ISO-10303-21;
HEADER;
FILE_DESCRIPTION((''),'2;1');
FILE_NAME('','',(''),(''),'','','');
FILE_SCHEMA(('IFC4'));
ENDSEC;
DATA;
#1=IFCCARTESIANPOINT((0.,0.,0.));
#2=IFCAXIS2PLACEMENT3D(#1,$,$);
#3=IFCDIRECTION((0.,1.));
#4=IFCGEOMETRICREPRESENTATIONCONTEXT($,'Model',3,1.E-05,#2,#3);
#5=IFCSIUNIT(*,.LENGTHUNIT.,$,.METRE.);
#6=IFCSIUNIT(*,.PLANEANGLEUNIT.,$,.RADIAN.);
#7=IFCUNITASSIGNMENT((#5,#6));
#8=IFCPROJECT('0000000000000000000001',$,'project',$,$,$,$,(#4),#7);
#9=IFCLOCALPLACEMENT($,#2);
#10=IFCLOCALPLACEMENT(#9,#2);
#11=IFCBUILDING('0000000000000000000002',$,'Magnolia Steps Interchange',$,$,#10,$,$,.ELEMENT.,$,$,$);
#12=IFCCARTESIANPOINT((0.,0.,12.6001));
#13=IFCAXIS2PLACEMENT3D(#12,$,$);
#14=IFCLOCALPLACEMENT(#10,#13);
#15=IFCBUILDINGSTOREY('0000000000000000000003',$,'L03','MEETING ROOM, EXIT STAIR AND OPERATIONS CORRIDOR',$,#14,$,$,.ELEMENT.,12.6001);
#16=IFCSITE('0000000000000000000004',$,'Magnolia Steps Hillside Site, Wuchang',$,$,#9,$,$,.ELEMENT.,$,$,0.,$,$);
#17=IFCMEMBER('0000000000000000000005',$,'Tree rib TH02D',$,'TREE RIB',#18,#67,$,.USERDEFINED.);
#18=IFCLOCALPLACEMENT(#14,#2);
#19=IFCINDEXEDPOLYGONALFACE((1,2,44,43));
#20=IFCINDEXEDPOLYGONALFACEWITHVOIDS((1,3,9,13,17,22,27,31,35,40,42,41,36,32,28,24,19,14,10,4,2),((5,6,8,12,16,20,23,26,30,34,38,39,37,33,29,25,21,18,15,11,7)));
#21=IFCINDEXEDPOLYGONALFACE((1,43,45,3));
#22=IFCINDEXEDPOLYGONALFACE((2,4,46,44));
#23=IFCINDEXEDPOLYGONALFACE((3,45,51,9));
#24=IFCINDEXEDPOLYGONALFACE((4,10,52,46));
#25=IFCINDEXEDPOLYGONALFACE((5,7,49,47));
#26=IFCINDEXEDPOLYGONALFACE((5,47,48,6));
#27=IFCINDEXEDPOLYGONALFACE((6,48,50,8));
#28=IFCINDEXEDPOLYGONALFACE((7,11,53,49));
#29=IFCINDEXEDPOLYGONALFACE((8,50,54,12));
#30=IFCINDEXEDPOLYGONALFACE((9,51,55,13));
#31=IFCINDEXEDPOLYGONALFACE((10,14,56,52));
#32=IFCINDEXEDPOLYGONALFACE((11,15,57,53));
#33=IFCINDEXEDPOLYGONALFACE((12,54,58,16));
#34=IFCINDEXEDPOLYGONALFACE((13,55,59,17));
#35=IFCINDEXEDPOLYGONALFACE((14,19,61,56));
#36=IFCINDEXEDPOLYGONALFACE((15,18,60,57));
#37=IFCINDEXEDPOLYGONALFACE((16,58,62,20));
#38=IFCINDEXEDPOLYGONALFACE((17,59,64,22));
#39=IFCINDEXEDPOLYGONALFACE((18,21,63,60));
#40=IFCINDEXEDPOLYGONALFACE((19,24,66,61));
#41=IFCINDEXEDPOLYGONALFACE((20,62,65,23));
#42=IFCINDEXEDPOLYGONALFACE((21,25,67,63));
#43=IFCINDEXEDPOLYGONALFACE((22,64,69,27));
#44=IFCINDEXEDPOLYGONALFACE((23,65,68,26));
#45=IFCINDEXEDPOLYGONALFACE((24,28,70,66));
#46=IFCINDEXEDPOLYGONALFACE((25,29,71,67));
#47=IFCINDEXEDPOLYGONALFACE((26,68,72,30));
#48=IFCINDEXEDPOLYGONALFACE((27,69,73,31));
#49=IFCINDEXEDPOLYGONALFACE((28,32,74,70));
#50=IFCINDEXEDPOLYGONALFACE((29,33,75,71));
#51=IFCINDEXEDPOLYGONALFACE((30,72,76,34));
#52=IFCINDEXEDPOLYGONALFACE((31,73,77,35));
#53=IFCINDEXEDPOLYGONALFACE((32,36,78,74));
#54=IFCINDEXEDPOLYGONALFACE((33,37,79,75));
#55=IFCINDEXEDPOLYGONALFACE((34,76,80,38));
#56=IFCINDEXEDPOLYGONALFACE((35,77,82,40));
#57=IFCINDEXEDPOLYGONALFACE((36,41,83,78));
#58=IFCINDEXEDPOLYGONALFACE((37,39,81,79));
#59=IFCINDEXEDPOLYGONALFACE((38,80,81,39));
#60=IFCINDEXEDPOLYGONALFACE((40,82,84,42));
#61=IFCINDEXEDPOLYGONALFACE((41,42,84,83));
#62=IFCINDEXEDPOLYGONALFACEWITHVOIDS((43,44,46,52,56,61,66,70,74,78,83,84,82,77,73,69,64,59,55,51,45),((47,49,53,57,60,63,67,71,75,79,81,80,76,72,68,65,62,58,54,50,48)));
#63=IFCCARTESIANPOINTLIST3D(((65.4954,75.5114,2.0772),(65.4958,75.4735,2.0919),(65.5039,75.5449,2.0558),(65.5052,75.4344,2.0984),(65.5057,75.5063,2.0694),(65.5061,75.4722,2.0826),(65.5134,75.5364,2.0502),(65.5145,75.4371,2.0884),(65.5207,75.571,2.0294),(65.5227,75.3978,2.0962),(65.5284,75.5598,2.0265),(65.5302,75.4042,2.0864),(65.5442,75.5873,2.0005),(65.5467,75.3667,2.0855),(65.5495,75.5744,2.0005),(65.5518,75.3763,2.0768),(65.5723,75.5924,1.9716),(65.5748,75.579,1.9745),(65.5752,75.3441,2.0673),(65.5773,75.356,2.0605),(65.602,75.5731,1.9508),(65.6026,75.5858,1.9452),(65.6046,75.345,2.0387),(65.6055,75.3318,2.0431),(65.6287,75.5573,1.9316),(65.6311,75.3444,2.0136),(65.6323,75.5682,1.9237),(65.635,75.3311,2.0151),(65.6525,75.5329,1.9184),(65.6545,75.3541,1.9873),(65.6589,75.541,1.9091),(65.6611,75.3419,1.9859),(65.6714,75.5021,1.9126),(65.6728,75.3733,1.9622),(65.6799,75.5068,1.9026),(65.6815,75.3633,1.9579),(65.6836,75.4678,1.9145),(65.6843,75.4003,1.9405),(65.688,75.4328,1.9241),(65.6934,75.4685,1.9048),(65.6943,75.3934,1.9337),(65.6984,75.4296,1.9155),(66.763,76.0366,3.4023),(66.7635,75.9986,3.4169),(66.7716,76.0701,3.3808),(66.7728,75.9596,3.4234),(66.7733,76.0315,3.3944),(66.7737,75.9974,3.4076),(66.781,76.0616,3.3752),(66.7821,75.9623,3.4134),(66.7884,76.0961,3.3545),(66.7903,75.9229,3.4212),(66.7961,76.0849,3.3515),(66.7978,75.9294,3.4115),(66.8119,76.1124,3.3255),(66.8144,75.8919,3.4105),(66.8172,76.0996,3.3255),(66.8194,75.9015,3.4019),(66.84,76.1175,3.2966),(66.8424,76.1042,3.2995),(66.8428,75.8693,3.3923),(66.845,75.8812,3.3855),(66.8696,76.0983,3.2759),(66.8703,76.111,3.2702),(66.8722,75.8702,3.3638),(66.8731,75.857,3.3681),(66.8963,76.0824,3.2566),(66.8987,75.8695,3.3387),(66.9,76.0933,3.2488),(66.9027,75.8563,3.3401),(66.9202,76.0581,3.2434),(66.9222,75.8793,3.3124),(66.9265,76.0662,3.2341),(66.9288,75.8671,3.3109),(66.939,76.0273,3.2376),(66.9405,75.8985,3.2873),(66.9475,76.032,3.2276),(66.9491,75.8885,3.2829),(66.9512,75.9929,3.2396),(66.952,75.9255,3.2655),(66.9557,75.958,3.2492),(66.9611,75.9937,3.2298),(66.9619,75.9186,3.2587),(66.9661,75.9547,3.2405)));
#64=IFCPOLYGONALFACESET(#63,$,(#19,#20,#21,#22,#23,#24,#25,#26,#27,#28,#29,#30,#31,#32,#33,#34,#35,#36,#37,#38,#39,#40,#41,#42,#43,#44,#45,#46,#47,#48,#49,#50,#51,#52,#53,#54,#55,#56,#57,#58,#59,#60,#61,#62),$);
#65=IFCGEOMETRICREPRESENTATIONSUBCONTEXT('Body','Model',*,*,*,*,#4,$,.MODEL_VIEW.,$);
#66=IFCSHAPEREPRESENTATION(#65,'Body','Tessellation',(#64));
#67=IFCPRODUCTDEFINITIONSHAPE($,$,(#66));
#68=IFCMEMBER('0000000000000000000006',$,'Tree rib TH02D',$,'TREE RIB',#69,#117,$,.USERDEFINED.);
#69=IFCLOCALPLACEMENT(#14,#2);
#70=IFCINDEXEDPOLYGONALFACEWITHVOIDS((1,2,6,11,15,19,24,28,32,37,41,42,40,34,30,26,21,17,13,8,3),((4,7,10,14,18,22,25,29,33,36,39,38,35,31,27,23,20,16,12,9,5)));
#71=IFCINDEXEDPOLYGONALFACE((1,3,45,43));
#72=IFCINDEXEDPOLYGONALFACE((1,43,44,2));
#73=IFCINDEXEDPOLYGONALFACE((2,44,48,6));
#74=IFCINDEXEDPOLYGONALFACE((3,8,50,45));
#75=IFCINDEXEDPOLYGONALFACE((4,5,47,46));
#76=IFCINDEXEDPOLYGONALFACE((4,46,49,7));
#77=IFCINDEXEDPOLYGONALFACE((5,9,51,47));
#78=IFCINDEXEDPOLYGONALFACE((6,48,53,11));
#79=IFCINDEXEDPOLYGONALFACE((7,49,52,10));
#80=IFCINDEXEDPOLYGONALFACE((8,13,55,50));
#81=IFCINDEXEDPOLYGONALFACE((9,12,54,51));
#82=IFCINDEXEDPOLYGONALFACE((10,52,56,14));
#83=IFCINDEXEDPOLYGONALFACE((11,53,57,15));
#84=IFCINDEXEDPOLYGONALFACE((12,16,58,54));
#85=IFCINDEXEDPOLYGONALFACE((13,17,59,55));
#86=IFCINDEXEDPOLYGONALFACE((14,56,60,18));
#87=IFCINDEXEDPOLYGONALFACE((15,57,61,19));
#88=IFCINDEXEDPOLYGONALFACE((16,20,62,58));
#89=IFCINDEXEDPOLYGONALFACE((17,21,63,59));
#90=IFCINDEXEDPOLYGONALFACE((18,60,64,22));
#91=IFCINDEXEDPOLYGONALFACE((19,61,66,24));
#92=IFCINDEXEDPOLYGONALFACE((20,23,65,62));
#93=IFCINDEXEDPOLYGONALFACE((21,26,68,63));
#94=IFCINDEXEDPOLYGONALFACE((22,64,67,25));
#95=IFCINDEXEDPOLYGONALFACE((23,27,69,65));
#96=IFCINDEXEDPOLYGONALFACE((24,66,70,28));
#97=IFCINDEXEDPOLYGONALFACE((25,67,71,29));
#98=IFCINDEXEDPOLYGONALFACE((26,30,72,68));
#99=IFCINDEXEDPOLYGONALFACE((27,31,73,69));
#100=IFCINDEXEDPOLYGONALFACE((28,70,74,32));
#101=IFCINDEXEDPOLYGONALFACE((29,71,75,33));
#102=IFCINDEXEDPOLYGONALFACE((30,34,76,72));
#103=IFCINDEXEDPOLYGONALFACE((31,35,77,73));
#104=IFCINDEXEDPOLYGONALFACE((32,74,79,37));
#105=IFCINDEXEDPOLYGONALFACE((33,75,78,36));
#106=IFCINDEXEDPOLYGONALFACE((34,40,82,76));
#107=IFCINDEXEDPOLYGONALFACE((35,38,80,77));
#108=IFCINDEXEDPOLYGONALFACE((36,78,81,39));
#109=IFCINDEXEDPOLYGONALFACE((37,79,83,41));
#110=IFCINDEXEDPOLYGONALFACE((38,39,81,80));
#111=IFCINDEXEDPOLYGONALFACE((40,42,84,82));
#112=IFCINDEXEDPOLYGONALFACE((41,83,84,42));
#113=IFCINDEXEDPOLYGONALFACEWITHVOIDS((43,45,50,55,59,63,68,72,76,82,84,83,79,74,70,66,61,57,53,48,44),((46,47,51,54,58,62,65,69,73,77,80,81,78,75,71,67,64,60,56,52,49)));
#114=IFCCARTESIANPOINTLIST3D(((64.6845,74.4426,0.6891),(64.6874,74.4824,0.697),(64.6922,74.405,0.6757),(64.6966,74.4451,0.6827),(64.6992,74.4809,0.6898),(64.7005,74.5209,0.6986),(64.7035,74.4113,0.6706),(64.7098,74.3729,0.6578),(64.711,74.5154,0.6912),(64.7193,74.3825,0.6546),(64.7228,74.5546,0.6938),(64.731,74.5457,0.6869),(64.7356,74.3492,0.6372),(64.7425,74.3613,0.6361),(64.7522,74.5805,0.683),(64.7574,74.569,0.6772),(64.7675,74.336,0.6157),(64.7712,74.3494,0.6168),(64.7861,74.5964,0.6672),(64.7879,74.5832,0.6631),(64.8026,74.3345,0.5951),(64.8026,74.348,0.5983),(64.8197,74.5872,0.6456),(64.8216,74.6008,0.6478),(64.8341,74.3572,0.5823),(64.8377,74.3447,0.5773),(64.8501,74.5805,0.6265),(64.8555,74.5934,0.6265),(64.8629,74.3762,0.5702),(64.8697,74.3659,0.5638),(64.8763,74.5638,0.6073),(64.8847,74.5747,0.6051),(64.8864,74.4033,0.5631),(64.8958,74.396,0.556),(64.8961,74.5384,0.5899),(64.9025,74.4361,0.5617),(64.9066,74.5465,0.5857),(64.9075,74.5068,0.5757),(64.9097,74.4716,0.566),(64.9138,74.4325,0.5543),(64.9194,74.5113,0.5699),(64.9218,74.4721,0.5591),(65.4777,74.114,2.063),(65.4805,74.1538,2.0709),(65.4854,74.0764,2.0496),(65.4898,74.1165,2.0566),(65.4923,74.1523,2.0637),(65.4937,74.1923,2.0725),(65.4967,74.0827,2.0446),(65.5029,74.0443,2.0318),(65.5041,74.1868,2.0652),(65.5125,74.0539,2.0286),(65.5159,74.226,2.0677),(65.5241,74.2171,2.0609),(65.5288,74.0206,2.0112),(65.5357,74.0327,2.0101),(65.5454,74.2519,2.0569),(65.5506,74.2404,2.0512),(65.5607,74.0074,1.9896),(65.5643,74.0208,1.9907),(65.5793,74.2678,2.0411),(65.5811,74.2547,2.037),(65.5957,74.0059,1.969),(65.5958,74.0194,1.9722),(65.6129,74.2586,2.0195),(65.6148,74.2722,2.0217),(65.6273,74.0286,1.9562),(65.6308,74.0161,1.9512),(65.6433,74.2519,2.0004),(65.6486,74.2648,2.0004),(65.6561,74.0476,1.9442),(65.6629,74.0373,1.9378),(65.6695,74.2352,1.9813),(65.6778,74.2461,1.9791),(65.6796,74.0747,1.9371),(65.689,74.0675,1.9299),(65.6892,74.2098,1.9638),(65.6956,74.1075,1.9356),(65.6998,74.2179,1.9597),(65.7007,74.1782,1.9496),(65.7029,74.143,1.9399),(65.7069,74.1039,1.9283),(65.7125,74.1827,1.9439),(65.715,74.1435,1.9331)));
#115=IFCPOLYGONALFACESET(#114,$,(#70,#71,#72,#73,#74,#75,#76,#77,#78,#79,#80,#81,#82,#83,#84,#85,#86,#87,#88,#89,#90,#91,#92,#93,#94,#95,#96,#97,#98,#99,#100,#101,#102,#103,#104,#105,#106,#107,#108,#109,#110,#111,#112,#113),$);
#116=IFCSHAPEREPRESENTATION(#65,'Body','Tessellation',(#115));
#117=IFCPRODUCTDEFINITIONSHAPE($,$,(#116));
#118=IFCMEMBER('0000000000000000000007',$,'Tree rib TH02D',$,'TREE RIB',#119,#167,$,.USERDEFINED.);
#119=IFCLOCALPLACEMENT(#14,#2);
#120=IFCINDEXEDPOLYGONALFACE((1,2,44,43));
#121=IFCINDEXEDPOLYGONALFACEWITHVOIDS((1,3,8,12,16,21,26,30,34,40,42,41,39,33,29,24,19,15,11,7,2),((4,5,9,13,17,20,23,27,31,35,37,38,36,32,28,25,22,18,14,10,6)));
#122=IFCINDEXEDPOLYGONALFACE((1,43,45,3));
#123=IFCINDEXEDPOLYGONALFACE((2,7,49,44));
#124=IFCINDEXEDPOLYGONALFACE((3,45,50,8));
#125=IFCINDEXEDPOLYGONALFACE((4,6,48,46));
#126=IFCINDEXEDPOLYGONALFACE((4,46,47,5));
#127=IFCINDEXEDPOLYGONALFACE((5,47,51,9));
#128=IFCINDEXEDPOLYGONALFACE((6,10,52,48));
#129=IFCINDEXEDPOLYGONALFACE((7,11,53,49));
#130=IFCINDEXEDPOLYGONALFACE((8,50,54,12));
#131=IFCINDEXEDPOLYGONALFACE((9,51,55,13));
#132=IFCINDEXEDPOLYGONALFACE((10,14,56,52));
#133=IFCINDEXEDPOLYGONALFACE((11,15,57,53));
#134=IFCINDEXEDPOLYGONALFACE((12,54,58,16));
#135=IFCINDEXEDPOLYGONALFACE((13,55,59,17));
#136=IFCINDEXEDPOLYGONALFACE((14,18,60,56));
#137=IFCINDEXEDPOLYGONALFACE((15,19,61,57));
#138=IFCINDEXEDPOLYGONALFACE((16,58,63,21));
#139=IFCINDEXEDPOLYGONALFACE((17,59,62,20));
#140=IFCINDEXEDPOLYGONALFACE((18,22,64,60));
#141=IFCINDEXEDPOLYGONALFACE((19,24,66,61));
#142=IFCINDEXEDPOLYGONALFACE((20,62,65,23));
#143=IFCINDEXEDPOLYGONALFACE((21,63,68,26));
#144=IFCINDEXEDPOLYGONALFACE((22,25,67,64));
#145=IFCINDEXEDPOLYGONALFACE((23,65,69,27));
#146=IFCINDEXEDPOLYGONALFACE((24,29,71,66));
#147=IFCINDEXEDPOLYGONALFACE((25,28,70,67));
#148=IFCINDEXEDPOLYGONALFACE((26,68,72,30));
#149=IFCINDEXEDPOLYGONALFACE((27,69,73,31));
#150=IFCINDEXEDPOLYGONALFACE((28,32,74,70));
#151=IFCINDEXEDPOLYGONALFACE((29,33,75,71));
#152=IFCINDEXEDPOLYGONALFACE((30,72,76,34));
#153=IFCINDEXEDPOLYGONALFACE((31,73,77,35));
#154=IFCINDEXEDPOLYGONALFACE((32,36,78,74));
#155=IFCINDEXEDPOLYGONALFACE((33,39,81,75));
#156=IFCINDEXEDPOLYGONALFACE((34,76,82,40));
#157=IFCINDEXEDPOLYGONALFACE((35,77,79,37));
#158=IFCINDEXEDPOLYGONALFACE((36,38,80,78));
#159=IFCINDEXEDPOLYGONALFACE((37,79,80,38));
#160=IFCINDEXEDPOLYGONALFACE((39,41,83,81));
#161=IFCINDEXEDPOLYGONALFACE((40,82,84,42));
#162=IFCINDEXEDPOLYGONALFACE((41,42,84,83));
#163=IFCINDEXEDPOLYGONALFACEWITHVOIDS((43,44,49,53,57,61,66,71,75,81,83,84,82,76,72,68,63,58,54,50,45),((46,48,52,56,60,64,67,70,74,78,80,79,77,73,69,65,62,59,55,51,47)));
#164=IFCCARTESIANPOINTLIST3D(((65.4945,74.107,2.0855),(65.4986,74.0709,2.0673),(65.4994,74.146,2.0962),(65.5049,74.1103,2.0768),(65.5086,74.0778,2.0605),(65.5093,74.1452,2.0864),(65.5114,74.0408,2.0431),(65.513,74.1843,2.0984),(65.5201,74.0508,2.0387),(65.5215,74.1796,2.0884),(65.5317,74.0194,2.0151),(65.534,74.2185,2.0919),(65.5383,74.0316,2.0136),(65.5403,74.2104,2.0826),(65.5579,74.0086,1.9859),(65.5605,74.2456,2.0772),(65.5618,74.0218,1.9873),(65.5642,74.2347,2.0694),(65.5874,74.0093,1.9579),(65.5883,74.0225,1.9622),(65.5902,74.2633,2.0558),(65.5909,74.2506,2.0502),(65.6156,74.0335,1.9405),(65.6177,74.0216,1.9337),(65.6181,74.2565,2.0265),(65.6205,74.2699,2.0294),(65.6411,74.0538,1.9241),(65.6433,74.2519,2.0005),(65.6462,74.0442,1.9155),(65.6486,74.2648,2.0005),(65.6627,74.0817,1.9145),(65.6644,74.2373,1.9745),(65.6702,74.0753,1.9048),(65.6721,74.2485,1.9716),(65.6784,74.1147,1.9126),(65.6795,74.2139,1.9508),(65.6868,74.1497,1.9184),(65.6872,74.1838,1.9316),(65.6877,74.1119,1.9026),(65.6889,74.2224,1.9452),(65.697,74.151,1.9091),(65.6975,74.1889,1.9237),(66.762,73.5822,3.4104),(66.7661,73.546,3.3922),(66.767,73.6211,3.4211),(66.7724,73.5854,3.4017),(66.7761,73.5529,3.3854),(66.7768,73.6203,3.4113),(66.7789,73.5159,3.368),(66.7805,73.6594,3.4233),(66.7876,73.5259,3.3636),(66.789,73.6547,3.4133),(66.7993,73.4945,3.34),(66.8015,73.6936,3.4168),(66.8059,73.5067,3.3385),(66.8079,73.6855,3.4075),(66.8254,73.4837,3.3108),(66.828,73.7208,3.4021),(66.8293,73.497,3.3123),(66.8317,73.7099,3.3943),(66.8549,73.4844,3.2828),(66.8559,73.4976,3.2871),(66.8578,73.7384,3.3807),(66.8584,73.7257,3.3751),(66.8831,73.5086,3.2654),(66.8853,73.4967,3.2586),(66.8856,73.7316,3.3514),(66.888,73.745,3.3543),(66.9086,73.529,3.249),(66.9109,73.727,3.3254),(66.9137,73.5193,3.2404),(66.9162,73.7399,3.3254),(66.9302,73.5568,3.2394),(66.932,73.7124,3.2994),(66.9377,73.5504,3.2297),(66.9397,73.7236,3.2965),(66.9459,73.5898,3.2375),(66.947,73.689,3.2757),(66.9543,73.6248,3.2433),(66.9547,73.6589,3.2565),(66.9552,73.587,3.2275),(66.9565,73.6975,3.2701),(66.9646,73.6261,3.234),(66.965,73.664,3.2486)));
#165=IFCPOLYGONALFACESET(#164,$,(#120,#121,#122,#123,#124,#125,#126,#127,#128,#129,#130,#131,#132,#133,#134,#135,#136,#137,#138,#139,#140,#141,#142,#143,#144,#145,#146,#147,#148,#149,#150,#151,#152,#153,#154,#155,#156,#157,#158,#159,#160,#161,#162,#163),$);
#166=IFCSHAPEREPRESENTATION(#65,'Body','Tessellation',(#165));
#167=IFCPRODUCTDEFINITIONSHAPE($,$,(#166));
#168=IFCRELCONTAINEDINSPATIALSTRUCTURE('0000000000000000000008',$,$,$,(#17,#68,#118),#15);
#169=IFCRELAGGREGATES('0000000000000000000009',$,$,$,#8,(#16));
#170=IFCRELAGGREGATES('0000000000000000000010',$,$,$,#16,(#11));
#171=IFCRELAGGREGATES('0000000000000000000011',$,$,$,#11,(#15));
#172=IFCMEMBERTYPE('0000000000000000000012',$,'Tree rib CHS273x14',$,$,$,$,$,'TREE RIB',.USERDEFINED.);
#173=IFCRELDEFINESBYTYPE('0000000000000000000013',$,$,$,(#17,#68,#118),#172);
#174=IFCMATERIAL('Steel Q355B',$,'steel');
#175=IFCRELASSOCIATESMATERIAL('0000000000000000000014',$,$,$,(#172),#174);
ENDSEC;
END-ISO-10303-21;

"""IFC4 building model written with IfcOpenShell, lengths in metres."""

from ifc_helpers import new_model, si_unit, direction, frame, origin, origin_2d, place, context, subcontext, project, spatial, hollow_circle, extrude, material, material_profile, profile_set, type_object, element, save


model = new_model("IFC4")

# Units and contexts
model_context = context("Model", 3, precision=1e-05, world=origin(), true_north=direction((0.0, 1.0)))
body_context = subcontext(model_context, "Body", "Model", "MODEL_VIEW")
ifc_project = project(units=[si_unit("LENGTHUNIT", "METRE"), si_unit("PLANEANGLEUNIT", "RADIAN")], contexts=[model_context])

# Site, building, storey
site_placement = place(None, origin())
site = spatial("IfcSite", under=ifc_project, at=site_placement, Name="Magnolia Steps Hillside Site, Wuchang", CompositionType="ELEMENT", RefElevation=0.0)
building_placement = place(site_placement, origin())
building = spatial("IfcBuilding", under=site, at=building_placement, Name="Magnolia Steps Interchange", CompositionType="ELEMENT")
storey_placement = place(building_placement, frame((0.0, 0.0, 12.6001)))
storey = spatial("IfcBuildingStorey", under=building, at=storey_placement, Name="L03", Description="MEETING ROOM, EXIT STAIR AND OPERATIONS CORRIDOR", CompositionType="ELEMENT", Elevation=12.6001)

# Members
ifc_material_1 = material(Name="Steel Q355B", Category="steel")
ifc_material_profile_1 = material_profile(ifc_material_1, hollow_circle(Radius=0.1365, WallThickness=0.0139, at=origin_2d()), Name="CHS273x14")
ifc_profile_set_1 = profile_set([ifc_material_profile_1], Name="Steel Q355B")
member_type = type_object("IfcMemberType", Name="Tree rib CHS273x14", ElementType="TREE RIB", PredefinedType="USERDEFINED", material=ifc_profile_set_1)
member_1_placement = place(storey_placement, frame((65.5964, 75.4612, 2.0005), z_axis=(0.664571, 0.275326, 0.694651), x_axis=(-0.382745, 0.923854, 0.0)))
element("IfcMember", 1, at=member_1_placement, inside=storey, type_object=member_type, Name="Tree rib TH02D", ObjectType="TREE RIB", PredefinedType="USERDEFINED", context=body_context, shape_type="SweptSolid", body=[
    extrude(hollow_circle(Radius=0.1365, WallThickness=0.0139, at=origin_2d()), origin(), (0.0, 0.0, 1.0), 1.9075),
])
member_2_placement = place(storey_placement, frame((64.8032, 74.4673, 0.6265), z_axis=(0.489571, -0.20282, 0.848047), x_axis=(0.382737, 0.923857, 0.0)))
element("IfcMember", 2, at=member_2_placement, inside=storey, type_object=member_type, Name="Tree rib TH02D", ObjectType="TREE RIB", PredefinedType="USERDEFINED", context=body_context, shape_type="SweptSolid", body=[
    extrude(hollow_circle(Radius=0.1365, WallThickness=0.0139, at=origin_2d()), origin(), (0.0, 0.0, 1.0), 1.6201),
])
member_3_placement = place(storey_placement, frame((65.5964, 74.1387, 2.0005), z_axis=(0.664595, -0.275208, 0.694676), x_axis=(0.382593, 0.923917, 0.0)))
element("IfcMember", 3, at=member_3_placement, inside=storey, type_object=member_type, Name="Tree rib TH02D", ObjectType="TREE RIB", PredefinedType="USERDEFINED", context=body_context, shape_type="SweptSolid", body=[
    extrude(hollow_circle(Radius=0.1365, WallThickness=0.0139, at=origin_2d()), origin(), (0.0, 0.0, 1.0), 1.9072),
])

save(model, "model.ifc")
